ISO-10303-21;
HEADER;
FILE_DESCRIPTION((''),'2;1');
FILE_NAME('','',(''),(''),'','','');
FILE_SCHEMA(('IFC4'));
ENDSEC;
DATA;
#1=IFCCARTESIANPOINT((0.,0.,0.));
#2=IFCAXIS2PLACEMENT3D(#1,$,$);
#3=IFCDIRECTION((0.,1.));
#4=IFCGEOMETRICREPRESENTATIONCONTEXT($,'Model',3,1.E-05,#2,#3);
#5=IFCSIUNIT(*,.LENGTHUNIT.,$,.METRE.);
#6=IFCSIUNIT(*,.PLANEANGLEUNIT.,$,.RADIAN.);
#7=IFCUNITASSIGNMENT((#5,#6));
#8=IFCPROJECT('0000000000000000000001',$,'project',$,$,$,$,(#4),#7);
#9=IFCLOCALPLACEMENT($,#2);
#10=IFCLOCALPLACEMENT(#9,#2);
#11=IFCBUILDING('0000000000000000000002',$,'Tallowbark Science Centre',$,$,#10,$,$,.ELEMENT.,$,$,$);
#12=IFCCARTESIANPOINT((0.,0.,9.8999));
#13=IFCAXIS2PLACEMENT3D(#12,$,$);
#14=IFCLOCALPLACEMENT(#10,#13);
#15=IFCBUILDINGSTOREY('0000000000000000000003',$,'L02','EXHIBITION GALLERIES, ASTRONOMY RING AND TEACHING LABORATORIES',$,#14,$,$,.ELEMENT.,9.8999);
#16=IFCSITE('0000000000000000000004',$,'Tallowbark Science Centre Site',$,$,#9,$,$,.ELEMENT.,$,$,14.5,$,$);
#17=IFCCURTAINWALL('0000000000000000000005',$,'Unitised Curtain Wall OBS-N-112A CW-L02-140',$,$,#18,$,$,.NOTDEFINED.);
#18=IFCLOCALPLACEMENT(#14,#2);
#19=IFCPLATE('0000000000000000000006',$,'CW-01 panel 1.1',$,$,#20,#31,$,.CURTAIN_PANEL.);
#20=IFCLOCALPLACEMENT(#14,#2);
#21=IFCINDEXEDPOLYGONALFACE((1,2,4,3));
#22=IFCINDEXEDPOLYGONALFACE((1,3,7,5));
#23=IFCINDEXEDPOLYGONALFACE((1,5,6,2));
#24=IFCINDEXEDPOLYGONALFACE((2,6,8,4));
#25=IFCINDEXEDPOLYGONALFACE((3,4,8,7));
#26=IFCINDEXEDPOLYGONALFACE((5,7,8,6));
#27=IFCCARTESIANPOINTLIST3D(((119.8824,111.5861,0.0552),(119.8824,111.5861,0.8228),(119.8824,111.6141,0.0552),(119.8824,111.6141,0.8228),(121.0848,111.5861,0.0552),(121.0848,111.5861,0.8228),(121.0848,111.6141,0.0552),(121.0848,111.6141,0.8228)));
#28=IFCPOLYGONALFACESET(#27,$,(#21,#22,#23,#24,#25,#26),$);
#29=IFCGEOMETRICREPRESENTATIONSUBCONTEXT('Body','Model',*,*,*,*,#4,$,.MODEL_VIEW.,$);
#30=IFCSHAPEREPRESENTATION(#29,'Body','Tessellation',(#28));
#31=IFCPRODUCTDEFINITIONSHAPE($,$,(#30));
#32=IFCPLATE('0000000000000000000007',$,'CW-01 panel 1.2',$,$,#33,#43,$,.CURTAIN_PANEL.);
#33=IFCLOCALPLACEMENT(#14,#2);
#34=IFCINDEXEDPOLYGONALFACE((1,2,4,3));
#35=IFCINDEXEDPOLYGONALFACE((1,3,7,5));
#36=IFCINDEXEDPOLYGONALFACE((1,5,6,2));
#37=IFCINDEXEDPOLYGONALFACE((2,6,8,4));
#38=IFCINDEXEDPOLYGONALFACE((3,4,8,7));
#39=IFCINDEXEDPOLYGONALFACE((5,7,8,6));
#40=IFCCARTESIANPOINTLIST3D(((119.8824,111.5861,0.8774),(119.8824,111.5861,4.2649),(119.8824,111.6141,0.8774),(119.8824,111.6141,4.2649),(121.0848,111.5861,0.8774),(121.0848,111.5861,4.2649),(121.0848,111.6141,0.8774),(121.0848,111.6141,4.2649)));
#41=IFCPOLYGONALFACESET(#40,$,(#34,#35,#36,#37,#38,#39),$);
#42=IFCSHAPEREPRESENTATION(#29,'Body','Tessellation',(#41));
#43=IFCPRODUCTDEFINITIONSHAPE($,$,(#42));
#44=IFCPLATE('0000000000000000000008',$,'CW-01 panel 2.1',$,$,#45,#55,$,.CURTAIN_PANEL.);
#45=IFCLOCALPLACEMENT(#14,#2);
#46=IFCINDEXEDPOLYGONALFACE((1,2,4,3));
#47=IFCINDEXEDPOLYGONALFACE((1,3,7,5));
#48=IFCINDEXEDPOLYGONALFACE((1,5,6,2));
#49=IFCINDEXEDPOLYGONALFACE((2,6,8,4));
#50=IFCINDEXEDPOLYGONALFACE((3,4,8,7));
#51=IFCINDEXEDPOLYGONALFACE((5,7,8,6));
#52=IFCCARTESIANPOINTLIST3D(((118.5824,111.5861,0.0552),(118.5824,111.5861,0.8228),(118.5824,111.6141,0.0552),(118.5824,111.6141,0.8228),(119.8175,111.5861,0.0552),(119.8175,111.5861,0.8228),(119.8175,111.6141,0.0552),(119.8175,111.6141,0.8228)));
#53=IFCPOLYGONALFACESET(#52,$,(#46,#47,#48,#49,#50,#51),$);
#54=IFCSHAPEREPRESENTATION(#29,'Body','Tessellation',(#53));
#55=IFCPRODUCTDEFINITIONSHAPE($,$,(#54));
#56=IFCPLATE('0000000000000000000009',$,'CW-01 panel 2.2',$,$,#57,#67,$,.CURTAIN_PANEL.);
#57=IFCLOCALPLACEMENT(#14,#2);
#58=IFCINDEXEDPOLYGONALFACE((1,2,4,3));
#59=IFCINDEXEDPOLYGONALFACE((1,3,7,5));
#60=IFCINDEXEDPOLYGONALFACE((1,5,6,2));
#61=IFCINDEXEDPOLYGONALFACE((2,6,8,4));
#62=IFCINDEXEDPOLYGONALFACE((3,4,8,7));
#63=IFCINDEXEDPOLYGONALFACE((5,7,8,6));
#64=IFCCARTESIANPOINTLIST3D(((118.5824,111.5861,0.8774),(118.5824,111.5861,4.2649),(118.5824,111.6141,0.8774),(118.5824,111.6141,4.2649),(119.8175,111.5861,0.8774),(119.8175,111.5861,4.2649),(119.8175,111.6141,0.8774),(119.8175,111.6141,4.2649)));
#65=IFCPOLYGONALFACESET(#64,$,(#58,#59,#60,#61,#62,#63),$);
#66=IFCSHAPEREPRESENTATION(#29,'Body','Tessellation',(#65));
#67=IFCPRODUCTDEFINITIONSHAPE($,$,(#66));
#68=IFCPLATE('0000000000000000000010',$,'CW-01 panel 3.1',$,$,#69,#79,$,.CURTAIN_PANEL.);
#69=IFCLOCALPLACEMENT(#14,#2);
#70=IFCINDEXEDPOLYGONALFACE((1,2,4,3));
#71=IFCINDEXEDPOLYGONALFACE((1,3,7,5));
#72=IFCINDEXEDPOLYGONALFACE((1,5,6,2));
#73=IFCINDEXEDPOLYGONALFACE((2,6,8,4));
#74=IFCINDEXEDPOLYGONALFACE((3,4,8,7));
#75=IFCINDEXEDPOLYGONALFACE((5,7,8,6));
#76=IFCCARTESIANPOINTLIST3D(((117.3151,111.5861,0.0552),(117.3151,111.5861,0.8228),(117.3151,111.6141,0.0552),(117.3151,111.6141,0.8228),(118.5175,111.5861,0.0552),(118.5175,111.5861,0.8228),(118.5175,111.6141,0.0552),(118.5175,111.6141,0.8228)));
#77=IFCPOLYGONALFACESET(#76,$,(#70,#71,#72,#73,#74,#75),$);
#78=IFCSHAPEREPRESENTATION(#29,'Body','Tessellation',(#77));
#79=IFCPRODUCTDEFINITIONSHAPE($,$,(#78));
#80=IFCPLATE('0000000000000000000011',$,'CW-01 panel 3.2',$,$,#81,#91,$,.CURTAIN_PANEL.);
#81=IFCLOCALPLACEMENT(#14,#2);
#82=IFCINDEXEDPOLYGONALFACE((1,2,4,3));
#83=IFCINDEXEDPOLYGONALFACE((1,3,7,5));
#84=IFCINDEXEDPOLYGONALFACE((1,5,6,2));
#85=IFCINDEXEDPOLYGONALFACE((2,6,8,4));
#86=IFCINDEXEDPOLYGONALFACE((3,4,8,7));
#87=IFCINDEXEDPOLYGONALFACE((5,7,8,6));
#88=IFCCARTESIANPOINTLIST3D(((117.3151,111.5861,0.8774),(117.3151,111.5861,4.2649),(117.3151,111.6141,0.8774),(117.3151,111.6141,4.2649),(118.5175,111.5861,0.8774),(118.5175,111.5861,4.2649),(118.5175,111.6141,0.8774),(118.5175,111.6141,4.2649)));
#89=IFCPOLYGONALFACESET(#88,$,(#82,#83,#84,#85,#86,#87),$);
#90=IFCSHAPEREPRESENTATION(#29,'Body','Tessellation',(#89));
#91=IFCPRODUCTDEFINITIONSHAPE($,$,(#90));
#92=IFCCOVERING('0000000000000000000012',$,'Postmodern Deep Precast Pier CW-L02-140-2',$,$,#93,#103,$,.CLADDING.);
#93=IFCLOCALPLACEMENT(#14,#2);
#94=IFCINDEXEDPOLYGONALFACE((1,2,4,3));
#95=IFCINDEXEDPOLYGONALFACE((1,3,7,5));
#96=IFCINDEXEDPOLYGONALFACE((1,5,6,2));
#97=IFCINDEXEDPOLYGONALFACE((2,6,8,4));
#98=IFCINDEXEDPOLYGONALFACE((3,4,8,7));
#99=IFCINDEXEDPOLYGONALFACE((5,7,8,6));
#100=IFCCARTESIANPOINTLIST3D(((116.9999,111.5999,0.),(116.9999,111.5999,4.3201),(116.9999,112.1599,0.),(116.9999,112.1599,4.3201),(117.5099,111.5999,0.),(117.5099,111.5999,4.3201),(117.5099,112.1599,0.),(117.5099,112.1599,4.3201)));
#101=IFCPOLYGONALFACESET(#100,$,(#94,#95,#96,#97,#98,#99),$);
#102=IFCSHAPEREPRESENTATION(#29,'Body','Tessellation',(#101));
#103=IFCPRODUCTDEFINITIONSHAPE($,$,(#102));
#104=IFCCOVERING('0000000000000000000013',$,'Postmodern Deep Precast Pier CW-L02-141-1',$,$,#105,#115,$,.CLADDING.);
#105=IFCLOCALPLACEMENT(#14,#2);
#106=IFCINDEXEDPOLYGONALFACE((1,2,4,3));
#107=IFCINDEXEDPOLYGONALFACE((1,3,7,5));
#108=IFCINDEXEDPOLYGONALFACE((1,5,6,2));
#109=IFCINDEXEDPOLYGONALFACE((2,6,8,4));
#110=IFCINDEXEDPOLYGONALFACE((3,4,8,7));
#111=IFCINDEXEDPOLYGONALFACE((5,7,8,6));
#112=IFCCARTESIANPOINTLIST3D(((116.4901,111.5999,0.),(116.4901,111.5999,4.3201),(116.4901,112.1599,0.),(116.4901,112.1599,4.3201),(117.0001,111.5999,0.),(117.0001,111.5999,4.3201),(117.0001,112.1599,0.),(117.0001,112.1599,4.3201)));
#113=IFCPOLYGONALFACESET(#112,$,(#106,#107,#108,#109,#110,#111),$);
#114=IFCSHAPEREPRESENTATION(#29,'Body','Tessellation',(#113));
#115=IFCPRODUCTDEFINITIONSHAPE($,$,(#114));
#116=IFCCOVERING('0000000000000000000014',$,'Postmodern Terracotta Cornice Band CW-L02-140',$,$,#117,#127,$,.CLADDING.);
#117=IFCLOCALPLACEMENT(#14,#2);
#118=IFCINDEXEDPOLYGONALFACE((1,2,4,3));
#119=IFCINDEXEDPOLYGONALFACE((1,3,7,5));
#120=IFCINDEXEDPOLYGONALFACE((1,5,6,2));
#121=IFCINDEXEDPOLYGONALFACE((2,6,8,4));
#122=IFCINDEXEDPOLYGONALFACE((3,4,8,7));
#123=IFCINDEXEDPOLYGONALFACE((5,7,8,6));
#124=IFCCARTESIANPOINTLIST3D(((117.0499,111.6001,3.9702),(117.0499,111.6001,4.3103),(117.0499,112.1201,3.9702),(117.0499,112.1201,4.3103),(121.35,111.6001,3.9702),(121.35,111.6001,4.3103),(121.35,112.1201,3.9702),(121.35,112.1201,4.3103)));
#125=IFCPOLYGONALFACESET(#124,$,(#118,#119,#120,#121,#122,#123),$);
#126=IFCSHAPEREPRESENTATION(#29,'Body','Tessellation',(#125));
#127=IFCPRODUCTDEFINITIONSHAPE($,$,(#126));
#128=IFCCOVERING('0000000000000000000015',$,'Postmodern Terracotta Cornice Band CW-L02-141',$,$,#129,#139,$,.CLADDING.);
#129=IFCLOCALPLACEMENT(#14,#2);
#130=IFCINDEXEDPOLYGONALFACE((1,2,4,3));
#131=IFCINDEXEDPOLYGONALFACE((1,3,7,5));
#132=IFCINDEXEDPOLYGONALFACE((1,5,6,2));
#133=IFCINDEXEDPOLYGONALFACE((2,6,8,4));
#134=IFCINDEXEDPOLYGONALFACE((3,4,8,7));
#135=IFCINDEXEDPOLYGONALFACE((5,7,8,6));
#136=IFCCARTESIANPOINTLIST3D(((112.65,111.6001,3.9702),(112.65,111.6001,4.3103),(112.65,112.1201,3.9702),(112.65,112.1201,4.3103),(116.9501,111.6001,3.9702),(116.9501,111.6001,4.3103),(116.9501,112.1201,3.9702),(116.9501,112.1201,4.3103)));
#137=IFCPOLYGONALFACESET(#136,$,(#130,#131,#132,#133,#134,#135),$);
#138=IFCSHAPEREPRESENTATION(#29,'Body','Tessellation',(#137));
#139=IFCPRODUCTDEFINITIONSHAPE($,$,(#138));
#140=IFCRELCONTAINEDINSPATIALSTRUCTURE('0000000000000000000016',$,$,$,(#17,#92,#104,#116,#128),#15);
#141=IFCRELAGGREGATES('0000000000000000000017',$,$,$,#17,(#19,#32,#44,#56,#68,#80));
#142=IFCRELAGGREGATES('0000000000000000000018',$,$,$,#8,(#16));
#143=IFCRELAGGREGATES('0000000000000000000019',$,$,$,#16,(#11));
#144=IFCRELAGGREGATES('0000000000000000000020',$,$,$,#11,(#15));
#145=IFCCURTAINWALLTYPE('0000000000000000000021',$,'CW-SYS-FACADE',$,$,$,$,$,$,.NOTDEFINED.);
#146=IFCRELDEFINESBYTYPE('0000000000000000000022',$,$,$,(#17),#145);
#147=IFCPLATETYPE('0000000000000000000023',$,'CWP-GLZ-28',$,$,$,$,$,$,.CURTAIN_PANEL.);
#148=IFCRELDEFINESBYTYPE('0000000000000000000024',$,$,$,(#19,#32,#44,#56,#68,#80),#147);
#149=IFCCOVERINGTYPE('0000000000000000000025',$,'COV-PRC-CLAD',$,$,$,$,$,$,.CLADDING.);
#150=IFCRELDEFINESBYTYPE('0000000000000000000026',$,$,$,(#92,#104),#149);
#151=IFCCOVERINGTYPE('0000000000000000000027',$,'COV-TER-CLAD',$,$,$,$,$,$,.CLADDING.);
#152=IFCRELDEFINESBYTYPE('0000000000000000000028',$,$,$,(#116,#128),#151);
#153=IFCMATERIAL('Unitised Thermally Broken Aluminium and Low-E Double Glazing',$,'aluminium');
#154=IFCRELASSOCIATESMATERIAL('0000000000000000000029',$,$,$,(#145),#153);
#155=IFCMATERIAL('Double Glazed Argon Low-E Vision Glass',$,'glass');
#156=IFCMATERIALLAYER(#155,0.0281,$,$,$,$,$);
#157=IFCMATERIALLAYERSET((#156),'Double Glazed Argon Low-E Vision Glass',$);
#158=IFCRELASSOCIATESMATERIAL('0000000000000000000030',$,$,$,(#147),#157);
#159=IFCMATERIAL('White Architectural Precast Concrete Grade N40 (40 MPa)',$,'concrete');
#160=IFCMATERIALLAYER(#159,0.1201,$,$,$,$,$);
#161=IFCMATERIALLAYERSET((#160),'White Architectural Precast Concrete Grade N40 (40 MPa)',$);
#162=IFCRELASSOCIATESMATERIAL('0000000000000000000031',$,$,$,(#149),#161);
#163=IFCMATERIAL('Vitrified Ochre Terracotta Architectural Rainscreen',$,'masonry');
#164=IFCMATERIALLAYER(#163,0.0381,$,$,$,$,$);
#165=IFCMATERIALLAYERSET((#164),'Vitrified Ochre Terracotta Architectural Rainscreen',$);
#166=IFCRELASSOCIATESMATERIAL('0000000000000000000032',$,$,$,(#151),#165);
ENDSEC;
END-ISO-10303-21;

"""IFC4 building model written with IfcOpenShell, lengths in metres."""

from ifc_helpers import new_model, si_unit, direction, frame, origin, origin_2d, place, context, subcontext, project, spatial, rectangle, extrude, material, layer, layer_set, type_object, element, aggregate, save


model = new_model("IFC4")

# Units and contexts
model_context = context("Model", 3, precision=1e-05, world=origin(), true_north=direction((0.0, 1.0)))
body_context = subcontext(model_context, "Body", "Model", "MODEL_VIEW")
ifc_project = project(units=[si_unit("LENGTHUNIT", "METRE"), si_unit("PLANEANGLEUNIT", "RADIAN")], contexts=[model_context])

# Site, building, storey
site_placement = place(None, origin())
site = spatial("IfcSite", under=ifc_project, at=site_placement, Name="Tallowbark Science Centre Site", CompositionType="ELEMENT", RefElevation=14.5)
building_placement = place(site_placement, origin())
building = spatial("IfcBuilding", under=site, at=building_placement, Name="Tallowbark Science Centre", CompositionType="ELEMENT")
storey_placement = place(building_placement, frame((0.0, 0.0, 9.8999)))
storey = spatial("IfcBuildingStorey", under=building, at=storey_placement, Name="L02", Description="EXHIBITION GALLERIES, ASTRONOMY RING AND TEACHING LABORATORIES", CompositionType="ELEMENT", Elevation=9.8999)

# Curtain wall
ifc_material_1 = material(Name="Unitised Thermally Broken Aluminium and Low-E Double Glazing", Category="aluminium")
curtain_wall_type = type_object("IfcCurtainWallType", Name="CW-SYS-FACADE", PredefinedType="NOTDEFINED", material=ifc_material_1)
curtain_wall_1_placement = place(storey_placement, origin())
curtain_wall_1 = element("IfcCurtainWall", 1, at=curtain_wall_1_placement, inside=storey, type_object=curtain_wall_type, Name="Unitised Curtain Wall OBS-N-112A CW-L02-140", PredefinedType="NOTDEFINED")

# Plates
ifc_material_2 = material(Name="Double Glazed Argon Low-E Vision Glass", Category="glass")
ifc_layer_1 = layer(ifc_material_2, 0.0281)
ifc_layer_set_1 = layer_set([ifc_layer_1], Name="Double Glazed Argon Low-E Vision Glass")
plate_type = type_object("IfcPlateType", Name="CWP-GLZ-28", PredefinedType="CURTAIN_PANEL", material=ifc_layer_set_1)
plate_1_placement = place(storey_placement, frame((120.4836, 111.6001, 0.0552), z_axis=(0.0, 0.0, 1.0), x_axis=(-1.0, 0.0, 0.0)))
plate_1 = element("IfcPlate", 2, at=plate_1_placement, type_object=plate_type, Name="CW-01 panel 1.1", PredefinedType="CURTAIN_PANEL", context=body_context, shape_type="SweptSolid", body=[
    extrude(rectangle(XDim=1.2024, YDim=0.0281, at=origin_2d()), origin(), (0.0, 0.0, 1.0), 0.7676),
])
plate_2_placement = place(storey_placement, frame((120.4836, 111.6001, 0.8774), z_axis=(0.0, 0.0, 1.0), x_axis=(-1.0, 0.0, 0.0)))
plate_2 = element("IfcPlate", 3, at=plate_2_placement, type_object=plate_type, Name="CW-01 panel 1.2", PredefinedType="CURTAIN_PANEL", context=body_context, shape_type="SweptSolid", body=[
    extrude(rectangle(XDim=1.2024, YDim=0.0281, at=origin_2d()), origin(), (0.0, 0.0, 1.0), 3.3875),
])
plate_3_placement = place(storey_placement, frame((119.2, 111.6001, 0.0552), z_axis=(0.0, 0.0, 1.0), x_axis=(-1.0, 0.0, 0.0)))
plate_3 = element("IfcPlate", 4, at=plate_3_placement, type_object=plate_type, Name="CW-01 panel 2.1", PredefinedType="CURTAIN_PANEL", context=body_context, shape_type="SweptSolid", body=[
    extrude(rectangle(XDim=1.2351, YDim=0.0281, at=origin_2d()), origin(), (0.0, 0.0, 1.0), 0.7676),
])
plate_4_placement = place(storey_placement, frame((119.2, 111.6001, 0.8774), z_axis=(0.0, 0.0, 1.0), x_axis=(-1.0, 0.0, 0.0)))
plate_4 = element("IfcPlate", 5, at=plate_4_placement, type_object=plate_type, Name="CW-01 panel 2.2", PredefinedType="CURTAIN_PANEL", context=body_context, shape_type="SweptSolid", body=[
    extrude(rectangle(XDim=1.2351, YDim=0.0281, at=origin_2d()), origin(), (0.0, 0.0, 1.0), 3.3875),
])
plate_5_placement = place(storey_placement, frame((117.9163, 111.6001, 0.0552), z_axis=(0.0, 0.0, 1.0), x_axis=(-1.0, 0.0, 0.0)))
plate_5 = element("IfcPlate", 6, at=plate_5_placement, type_object=plate_type, Name="CW-01 panel 3.1", PredefinedType="CURTAIN_PANEL", context=body_context, shape_type="SweptSolid", body=[
    extrude(rectangle(XDim=1.2024, YDim=0.0281, at=origin_2d()), origin(), (0.0, 0.0, 1.0), 0.7676),
])
plate_6_placement = place(storey_placement, frame((117.9163, 111.6001, 0.8774), z_axis=(0.0, 0.0, 1.0), x_axis=(-1.0, 0.0, 0.0)))
plate_6 = element("IfcPlate", 7, at=plate_6_placement, type_object=plate_type, Name="CW-01 panel 3.2", PredefinedType="CURTAIN_PANEL", context=body_context, shape_type="SweptSolid", body=[
    extrude(rectangle(XDim=1.2024, YDim=0.0281, at=origin_2d()), origin(), (0.0, 0.0, 1.0), 3.3875),
])
aggregate(curtain_wall_1, [plate_1, plate_2, plate_3, plate_4, plate_5, plate_6])

# Coverings
ifc_material_3 = material(Name="White Architectural Precast Concrete Grade N40 (40 MPa)", Category="concrete")
ifc_layer_2 = layer(ifc_material_3, 0.1201)
ifc_layer_set_2 = layer_set([ifc_layer_2], Name="White Architectural Precast Concrete Grade N40 (40 MPa)")
covering_type_1 = type_object("IfcCoveringType", Name="COV-PRC-CLAD", PredefinedType="CLADDING", material=ifc_layer_set_2)
for number, where, z_axis, x_axis, name in (
    (8, (117.2549, 111.8799, 0.0), (0.0, 0.0, 1.0), (-1.0, 0.0, 0.0), "Postmodern Deep Precast Pier CW-L02-140-2"),
    (9, (116.7451, 111.8799, 0.0), (0.0, 0.0, 1.0), (-1.0, 0.0, 0.0), "Postmodern Deep Precast Pier CW-L02-141-1"),
):
    element("IfcCovering", number, at=place(storey_placement, frame(where, z_axis=z_axis, x_axis=x_axis)), inside=storey, type_object=covering_type_1, Name=name, PredefinedType="CLADDING", context=body_context, shape_type="SweptSolid", body=[
        extrude(rectangle(XDim=0.51, YDim=0.5601, at=origin_2d()), origin(), (0.0, 0.0, 1.0), 4.3201),
    ])
ifc_material_4 = material(Name="Vitrified Ochre Terracotta Architectural Rainscreen", Category="masonry")
ifc_layer_3 = layer(ifc_material_4, 0.0381)
ifc_layer_set_3 = layer_set([ifc_layer_3], Name="Vitrified Ochre Terracotta Architectural Rainscreen")
covering_type_2 = type_object("IfcCoveringType", Name="COV-TER-CLAD", PredefinedType="CLADDING", material=ifc_layer_set_3)
for number, where, z_axis, x_axis, name in (
    (10, (119.2, 111.8601, 3.9702), (0.0, 0.0, 1.0), (-1.0, 0.0, 0.0), "Postmodern Terracotta Cornice Band CW-L02-140"),
    (11, (114.8, 111.8601, 3.9702), (0.0, 0.0, 1.0), (-1.0, 0.0, 0.0), "Postmodern Terracotta Cornice Band CW-L02-141"),
):
    element("IfcCovering", number, at=place(storey_placement, frame(where, z_axis=z_axis, x_axis=x_axis)), inside=storey, type_object=covering_type_2, Name=name, PredefinedType="CLADDING", context=body_context, shape_type="SweptSolid", body=[
        extrude(rectangle(XDim=4.3, YDim=0.52, at=origin_2d()), origin(), (0.0, 0.0, 1.0), 0.3401),
    ])

save(model, "model.ifc")
